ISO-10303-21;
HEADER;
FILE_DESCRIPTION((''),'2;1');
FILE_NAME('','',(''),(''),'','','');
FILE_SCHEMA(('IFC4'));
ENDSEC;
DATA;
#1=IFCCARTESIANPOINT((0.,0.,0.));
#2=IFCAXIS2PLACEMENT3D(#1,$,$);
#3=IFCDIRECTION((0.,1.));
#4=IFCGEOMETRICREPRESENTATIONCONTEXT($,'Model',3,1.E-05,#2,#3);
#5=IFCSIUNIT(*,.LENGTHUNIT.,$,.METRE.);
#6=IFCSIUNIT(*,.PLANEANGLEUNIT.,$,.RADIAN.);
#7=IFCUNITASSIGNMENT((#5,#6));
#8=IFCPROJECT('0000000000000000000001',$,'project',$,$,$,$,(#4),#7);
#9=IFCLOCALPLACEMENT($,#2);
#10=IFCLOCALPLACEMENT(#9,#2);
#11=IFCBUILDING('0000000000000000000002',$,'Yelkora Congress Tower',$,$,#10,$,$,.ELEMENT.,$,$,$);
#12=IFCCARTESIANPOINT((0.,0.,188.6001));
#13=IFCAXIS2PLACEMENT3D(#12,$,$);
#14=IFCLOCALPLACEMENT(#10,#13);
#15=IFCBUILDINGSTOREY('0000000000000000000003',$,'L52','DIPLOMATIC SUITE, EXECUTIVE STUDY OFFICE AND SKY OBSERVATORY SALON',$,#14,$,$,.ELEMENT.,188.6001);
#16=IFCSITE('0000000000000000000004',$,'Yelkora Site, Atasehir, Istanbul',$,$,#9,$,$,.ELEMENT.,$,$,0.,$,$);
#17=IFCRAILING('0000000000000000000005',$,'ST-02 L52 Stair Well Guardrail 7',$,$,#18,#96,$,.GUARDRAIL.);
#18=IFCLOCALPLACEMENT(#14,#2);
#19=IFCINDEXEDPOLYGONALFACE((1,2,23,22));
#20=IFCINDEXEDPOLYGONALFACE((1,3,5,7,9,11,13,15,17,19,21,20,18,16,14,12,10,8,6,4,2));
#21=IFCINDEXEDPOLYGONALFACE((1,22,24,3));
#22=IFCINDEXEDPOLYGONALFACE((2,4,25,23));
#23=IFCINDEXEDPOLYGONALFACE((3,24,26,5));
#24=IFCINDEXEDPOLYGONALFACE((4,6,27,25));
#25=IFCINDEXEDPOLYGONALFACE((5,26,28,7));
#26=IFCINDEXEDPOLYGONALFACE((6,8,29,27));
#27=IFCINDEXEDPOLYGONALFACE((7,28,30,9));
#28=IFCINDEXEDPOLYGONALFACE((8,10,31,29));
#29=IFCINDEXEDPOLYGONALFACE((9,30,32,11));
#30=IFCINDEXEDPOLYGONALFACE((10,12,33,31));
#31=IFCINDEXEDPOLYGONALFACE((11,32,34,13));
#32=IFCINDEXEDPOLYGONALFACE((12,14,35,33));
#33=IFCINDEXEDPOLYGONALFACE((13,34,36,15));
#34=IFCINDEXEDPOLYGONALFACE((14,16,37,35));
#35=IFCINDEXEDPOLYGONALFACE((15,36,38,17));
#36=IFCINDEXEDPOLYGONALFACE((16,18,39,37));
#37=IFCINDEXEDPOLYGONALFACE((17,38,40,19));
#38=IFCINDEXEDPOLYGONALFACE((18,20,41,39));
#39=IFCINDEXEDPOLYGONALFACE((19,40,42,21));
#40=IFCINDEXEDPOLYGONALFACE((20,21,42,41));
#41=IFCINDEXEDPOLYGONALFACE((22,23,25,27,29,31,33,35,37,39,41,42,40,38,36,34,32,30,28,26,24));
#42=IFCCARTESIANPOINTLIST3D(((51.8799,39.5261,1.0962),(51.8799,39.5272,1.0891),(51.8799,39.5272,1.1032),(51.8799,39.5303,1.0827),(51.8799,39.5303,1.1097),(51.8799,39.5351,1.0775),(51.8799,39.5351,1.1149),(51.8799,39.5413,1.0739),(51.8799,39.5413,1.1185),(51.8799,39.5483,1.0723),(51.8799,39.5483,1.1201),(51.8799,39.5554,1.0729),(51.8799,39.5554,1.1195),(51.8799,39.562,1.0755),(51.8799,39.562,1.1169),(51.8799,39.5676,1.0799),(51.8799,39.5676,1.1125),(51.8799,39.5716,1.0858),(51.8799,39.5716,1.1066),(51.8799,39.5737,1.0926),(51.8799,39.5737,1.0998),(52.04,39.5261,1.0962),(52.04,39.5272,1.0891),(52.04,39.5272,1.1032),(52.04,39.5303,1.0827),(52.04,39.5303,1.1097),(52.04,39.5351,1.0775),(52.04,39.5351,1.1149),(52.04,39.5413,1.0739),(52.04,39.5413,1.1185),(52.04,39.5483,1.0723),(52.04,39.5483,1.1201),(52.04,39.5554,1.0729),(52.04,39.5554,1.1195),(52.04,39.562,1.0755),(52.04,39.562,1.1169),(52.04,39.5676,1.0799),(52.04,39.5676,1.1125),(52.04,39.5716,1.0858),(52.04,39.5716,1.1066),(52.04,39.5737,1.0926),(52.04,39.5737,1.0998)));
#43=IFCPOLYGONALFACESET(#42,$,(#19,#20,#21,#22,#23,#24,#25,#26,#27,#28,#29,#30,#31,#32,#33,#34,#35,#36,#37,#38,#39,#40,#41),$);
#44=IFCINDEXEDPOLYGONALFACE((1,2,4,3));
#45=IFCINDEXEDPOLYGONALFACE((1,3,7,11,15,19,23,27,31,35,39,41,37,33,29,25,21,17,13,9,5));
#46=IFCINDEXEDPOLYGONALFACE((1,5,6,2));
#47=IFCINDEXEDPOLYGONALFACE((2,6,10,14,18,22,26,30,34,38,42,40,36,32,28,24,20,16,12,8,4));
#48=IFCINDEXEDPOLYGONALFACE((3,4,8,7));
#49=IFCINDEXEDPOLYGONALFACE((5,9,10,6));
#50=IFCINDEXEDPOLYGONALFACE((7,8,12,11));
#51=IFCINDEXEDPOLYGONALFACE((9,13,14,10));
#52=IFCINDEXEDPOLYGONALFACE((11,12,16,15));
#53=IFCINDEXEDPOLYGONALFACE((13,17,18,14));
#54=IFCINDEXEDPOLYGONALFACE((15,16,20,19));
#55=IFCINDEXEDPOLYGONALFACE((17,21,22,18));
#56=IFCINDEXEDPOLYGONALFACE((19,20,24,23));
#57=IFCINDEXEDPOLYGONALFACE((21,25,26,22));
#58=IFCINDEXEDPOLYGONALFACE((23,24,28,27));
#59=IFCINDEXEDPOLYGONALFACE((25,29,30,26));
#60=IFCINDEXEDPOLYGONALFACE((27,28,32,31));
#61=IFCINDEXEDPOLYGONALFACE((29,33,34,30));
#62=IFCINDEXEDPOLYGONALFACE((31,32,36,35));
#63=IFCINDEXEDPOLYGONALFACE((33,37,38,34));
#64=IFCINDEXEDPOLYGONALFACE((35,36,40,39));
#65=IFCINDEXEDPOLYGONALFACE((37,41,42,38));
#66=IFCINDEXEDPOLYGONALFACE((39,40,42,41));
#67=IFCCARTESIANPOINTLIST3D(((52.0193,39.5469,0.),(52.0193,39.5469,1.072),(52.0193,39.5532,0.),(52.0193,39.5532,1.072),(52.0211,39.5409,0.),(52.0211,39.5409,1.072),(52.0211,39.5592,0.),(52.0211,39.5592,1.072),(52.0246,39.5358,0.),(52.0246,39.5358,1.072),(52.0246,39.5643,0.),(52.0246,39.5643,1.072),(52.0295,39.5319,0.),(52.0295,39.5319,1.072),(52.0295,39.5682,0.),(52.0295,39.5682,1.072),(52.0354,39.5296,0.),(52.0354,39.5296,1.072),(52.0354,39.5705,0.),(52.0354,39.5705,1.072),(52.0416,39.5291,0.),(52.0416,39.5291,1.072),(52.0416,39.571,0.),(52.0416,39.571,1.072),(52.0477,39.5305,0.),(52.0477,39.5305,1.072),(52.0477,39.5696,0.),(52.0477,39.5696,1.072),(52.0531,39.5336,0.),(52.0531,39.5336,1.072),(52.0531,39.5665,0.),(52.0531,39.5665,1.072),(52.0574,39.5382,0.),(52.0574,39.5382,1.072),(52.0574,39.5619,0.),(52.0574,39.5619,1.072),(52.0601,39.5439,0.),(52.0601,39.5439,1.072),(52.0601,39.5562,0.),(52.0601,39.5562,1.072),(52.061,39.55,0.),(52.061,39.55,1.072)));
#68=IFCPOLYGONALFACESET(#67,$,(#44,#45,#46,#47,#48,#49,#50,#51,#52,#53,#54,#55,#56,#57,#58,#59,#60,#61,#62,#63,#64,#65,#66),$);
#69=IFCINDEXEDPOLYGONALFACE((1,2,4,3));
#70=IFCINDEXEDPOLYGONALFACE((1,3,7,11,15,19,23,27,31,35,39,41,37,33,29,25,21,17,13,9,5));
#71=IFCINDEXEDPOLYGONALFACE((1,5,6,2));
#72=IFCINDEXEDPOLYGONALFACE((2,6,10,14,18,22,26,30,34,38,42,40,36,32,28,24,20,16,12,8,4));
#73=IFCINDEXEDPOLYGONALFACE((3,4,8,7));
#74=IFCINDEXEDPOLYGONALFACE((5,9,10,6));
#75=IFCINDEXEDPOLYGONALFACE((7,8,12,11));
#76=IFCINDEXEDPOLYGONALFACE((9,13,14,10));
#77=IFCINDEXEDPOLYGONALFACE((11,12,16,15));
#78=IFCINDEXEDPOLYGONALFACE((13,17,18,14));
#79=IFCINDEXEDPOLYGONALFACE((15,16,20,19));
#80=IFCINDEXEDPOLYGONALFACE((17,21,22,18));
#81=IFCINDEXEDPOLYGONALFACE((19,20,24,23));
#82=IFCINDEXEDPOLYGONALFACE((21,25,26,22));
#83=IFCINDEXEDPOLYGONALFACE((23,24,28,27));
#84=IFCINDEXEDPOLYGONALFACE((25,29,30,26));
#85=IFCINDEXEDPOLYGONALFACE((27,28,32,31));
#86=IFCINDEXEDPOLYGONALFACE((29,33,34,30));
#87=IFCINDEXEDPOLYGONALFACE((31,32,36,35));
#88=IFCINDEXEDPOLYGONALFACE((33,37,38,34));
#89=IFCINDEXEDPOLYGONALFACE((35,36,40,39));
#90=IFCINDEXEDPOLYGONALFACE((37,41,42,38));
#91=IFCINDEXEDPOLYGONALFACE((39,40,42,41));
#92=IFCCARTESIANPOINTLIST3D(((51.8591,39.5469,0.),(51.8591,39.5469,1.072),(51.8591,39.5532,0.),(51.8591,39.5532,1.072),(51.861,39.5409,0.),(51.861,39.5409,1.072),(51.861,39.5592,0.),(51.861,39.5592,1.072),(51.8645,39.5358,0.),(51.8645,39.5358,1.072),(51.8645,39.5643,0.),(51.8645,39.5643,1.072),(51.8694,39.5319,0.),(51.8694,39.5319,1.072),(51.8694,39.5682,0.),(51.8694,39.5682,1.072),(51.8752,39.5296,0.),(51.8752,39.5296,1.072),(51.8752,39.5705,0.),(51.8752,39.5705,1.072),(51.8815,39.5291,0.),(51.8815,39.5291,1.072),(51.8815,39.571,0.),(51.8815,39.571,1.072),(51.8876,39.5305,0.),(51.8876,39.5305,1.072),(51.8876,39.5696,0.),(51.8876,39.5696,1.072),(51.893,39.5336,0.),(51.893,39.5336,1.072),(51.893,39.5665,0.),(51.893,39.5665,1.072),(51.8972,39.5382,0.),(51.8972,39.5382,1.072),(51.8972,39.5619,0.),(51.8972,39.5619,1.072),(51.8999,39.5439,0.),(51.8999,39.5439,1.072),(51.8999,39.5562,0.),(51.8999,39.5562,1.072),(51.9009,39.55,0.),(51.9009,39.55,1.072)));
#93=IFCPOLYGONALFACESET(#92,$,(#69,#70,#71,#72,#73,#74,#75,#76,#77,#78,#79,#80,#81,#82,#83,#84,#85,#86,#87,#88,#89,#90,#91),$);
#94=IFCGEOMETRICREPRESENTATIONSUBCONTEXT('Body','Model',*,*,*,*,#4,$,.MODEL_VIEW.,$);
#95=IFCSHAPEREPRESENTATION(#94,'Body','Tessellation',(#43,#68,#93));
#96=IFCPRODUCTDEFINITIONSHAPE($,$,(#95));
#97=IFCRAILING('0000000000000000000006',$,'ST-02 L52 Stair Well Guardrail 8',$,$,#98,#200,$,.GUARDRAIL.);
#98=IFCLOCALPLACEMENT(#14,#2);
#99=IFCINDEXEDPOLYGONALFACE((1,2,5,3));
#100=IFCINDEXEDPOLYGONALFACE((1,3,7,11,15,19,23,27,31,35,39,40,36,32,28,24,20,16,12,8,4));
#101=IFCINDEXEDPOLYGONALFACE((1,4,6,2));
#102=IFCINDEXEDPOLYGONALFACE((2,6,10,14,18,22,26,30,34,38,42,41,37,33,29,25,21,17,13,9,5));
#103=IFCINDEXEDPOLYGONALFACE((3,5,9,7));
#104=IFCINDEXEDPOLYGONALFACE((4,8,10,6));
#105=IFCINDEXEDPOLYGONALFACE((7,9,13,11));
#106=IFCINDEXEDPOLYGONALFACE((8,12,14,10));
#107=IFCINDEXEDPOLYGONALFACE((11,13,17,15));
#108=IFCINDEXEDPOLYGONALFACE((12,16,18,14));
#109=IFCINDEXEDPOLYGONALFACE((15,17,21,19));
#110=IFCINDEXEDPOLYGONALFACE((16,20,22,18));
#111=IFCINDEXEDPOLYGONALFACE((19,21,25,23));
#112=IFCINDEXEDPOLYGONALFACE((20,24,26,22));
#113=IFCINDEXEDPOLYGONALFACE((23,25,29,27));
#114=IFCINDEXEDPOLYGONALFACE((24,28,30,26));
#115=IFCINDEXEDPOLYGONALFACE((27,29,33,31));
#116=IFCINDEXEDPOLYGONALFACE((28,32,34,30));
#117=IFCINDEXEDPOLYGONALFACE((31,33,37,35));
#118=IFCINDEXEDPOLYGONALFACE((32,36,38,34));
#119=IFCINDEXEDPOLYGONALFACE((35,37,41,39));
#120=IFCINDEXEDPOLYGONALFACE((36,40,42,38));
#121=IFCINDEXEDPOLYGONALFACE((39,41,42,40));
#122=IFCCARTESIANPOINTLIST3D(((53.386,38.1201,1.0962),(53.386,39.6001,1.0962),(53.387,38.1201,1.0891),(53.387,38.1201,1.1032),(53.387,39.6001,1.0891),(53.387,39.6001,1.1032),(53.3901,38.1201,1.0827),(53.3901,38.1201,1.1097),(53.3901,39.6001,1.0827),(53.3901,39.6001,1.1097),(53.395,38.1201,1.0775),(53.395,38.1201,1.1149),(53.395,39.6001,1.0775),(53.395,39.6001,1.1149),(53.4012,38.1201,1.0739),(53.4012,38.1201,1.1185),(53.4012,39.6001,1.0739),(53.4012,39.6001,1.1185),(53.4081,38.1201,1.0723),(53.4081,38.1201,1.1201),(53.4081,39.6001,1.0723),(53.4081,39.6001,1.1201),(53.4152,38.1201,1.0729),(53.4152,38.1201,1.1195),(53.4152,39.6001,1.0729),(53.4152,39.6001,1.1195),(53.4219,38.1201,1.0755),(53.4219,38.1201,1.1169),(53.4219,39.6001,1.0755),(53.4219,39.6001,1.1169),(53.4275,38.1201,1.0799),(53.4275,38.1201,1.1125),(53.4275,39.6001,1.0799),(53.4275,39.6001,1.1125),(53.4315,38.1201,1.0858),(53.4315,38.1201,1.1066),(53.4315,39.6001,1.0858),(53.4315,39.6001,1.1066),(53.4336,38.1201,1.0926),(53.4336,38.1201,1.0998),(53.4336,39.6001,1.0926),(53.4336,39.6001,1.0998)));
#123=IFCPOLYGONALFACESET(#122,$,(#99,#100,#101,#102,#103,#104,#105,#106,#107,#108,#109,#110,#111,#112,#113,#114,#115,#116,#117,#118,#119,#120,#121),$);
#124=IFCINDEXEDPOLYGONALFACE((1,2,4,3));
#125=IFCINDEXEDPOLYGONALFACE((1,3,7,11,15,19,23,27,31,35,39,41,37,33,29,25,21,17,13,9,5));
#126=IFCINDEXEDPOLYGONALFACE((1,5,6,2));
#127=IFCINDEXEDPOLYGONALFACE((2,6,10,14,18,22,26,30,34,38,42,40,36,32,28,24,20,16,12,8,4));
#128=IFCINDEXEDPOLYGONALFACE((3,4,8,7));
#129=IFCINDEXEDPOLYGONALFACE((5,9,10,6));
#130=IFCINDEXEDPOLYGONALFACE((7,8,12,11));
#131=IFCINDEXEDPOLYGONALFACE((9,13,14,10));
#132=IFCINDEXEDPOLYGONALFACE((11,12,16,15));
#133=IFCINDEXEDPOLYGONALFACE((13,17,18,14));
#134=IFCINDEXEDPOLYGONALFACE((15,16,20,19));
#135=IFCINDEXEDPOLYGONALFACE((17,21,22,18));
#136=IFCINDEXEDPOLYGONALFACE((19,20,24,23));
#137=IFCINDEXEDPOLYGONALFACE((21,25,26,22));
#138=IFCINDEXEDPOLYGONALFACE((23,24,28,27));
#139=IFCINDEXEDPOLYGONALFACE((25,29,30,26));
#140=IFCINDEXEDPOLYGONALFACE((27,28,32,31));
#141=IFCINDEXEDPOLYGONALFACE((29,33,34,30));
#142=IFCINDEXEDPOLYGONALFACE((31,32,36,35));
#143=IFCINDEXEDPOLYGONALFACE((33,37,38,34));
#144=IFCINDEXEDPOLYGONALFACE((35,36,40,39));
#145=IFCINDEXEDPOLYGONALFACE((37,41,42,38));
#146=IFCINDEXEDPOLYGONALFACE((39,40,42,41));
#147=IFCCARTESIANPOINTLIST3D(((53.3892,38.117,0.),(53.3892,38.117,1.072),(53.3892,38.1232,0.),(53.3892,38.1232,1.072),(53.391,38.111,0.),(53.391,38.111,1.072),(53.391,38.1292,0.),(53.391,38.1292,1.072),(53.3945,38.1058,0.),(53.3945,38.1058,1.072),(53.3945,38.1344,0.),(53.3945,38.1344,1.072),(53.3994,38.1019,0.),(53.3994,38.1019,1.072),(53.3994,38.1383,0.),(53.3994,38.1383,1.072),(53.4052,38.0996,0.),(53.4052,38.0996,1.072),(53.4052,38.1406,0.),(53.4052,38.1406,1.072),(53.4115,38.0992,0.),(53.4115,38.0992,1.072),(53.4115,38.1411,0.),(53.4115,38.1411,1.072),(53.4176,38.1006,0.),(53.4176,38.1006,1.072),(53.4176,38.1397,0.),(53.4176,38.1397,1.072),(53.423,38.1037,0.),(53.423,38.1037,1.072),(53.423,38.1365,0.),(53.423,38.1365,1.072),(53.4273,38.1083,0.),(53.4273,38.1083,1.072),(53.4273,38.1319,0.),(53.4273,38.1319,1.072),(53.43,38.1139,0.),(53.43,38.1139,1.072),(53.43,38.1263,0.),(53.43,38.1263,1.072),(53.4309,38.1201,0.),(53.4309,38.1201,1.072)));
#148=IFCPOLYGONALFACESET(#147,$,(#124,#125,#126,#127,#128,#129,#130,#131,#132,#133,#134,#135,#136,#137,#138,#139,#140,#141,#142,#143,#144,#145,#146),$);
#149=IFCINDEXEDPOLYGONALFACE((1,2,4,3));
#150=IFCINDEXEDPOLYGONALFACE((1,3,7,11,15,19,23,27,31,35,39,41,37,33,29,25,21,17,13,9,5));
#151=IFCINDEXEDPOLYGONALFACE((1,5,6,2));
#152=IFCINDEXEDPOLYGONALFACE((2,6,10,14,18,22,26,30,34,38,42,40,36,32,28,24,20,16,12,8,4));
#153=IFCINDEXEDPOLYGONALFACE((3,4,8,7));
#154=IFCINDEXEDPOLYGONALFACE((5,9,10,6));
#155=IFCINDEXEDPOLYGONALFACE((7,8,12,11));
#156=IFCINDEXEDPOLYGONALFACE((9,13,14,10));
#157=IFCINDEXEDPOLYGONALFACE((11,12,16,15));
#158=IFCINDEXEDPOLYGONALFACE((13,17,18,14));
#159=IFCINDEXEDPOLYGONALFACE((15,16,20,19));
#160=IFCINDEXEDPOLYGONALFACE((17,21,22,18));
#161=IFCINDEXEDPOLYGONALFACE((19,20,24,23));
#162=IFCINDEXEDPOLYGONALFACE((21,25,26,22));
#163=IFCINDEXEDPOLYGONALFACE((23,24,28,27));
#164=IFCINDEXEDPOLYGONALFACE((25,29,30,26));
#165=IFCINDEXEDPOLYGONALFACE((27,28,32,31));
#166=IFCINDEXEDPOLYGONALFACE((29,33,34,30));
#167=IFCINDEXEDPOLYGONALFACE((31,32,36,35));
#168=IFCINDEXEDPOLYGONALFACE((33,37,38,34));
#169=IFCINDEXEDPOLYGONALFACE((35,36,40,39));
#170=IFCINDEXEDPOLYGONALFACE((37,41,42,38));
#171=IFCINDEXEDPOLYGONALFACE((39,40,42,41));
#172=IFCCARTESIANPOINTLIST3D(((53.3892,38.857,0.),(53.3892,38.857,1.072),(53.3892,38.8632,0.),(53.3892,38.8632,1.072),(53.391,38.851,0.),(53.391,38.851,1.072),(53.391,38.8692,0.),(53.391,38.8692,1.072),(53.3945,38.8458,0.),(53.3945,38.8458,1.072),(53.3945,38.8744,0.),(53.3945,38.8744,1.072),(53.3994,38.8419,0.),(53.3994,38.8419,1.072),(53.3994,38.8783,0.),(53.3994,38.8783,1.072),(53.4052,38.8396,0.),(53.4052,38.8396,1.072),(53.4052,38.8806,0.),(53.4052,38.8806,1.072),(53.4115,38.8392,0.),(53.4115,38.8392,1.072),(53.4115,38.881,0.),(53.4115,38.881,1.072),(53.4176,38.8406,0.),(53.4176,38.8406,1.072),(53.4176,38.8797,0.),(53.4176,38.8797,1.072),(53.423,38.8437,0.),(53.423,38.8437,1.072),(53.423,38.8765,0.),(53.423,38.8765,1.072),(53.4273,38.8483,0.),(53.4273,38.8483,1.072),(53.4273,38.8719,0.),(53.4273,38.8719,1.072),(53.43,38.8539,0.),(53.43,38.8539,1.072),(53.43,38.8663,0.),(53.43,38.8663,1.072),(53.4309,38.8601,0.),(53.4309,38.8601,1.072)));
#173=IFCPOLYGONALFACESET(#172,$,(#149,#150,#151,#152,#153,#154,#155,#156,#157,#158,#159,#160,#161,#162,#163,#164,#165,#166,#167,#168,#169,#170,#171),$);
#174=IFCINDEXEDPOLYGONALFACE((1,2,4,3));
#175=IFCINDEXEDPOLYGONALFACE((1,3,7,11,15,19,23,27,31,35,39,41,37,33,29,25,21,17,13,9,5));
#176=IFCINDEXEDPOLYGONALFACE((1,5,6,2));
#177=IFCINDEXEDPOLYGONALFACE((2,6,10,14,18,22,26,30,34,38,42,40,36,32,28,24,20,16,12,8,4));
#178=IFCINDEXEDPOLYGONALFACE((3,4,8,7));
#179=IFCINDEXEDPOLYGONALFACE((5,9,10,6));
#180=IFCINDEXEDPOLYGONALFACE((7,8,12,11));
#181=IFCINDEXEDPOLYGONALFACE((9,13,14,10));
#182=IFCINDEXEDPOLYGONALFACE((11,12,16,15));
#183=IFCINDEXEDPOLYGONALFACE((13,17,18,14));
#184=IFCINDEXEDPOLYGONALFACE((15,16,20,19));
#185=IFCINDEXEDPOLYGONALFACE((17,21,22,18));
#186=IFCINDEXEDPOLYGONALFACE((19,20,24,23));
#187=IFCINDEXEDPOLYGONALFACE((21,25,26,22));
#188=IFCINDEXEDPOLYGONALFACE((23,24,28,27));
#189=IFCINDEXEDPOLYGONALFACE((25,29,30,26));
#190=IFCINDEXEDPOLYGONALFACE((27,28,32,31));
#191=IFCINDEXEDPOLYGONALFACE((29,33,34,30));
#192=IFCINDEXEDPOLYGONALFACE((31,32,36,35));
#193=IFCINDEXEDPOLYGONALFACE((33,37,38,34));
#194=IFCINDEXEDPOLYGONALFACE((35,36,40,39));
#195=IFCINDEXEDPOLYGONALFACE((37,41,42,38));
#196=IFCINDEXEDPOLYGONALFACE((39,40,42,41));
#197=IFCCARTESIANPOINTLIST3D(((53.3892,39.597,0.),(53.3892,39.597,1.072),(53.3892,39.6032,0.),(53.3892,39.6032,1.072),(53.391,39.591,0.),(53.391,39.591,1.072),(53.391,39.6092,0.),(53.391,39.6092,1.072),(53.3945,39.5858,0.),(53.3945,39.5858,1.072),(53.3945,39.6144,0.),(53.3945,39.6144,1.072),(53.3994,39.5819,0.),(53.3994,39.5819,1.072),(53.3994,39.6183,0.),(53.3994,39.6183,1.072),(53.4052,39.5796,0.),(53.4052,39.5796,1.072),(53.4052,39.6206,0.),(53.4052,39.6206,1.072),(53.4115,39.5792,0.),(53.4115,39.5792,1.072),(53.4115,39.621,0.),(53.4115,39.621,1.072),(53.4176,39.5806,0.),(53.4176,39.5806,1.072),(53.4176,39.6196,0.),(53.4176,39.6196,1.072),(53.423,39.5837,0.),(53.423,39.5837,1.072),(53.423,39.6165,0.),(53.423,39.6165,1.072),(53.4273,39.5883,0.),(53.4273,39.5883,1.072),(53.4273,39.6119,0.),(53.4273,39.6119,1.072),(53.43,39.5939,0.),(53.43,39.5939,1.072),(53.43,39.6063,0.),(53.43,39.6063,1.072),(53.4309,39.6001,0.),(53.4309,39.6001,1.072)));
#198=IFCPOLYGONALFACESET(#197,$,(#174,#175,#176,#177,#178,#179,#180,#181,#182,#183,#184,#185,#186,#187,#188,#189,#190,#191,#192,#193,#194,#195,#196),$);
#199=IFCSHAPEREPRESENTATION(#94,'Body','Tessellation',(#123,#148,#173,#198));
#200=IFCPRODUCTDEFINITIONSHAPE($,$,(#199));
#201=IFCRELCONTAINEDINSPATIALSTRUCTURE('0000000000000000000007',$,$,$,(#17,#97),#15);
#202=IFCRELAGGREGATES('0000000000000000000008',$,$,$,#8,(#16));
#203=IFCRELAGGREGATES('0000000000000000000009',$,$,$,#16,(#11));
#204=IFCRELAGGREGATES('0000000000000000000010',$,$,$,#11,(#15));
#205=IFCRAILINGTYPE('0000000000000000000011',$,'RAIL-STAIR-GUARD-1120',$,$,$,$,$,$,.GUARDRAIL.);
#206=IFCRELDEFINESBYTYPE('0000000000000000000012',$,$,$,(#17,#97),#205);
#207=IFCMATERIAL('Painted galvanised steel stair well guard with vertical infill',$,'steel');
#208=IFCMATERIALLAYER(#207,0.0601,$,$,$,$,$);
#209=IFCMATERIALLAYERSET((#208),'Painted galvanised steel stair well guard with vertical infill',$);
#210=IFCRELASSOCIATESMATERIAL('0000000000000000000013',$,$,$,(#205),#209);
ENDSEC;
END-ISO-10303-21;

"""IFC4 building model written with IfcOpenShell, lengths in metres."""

from ifc_helpers import new_model, si_unit, direction, frame, origin, origin_2d, place, context, subcontext, project, spatial, circle, extrude, material, layer, layer_set, type_object, element, save


model = new_model("IFC4")

# Units and contexts
model_context = context("Model", 3, precision=1e-05, world=origin(), true_north=direction((0.0, 1.0)))
body_context = subcontext(model_context, "Body", "Model", "MODEL_VIEW")
ifc_project = project(units=[si_unit("LENGTHUNIT", "METRE"), si_unit("PLANEANGLEUNIT", "RADIAN")], contexts=[model_context])

# Site, building, storey
site_placement = place(None, origin())
site = spatial("IfcSite", under=ifc_project, at=site_placement, Name="Yelkora Site, Atasehir, Istanbul", CompositionType="ELEMENT", RefElevation=0.0)
building_placement = place(site_placement, origin())
building = spatial("IfcBuilding", under=site, at=building_placement, Name="Yelkora Congress Tower", CompositionType="ELEMENT")
storey_placement = place(building_placement, frame((0.0, 0.0, 188.6001)))
storey = spatial("IfcBuildingStorey", under=building, at=storey_placement, Name="L52", Description="DIPLOMATIC SUITE, EXECUTIVE STUDY OFFICE AND SKY OBSERVATORY SALON", CompositionType="ELEMENT", Elevation=188.6001)

# Railings
ifc_material_1 = material(Name="Painted galvanised steel stair well guard with vertical infill", Category="steel")
ifc_layer_1 = layer(ifc_material_1, 0.0601)
ifc_layer_set_1 = layer_set([ifc_layer_1], Name="Painted galvanised steel stair well guard with vertical infill")
railing_type_1 = type_object("IfcRailingType", Name="RAIL-STAIR-GUARD-1120", PredefinedType="GUARDRAIL", material=ifc_layer_set_1)
railing_1_placement = place(storey_placement, frame((52.04, 39.55, 0.0)))
element("IfcRailing", 1, at=railing_1_placement, inside=storey, type_object=railing_type_1, Name="ST-02 L52 Stair Well Guardrail 7", PredefinedType="GUARDRAIL", context=body_context, shape_type="SweptSolid", body=[
    extrude(circle(Radius=0.0239, at=origin_2d()), frame((0.0, 0.0, 1.0962), z_axis=(-1.0, 0.0, 0.0), x_axis=(0.0, -1.0, 0.0)), (0.0, 0.0, 1.0), 0.1602),
    extrude(circle(Radius=0.021, at=origin_2d()), origin(), (0.0, 0.0, 1.0), 1.072),
    extrude(circle(Radius=0.021, at=origin_2d()), frame((-0.1602, 0.0, 0.0)), (0.0, 0.0, 1.0), 1.072),
])
railing_2_placement = place(storey_placement, frame((53.4099, 38.1201, 0.0)))
element("IfcRailing", 2, at=railing_2_placement, inside=storey, type_object=railing_type_1, Name="ST-02 L52 Stair Well Guardrail 8", PredefinedType="GUARDRAIL", context=body_context, shape_type="SweptSolid", body=[
    extrude(circle(Radius=0.0239, at=origin_2d()), frame((0.0, 0.0, 1.0962), z_axis=(0.0, 1.0, 0.0), x_axis=(-1.0, 0.0, 0.0)), (0.0, 0.0, 1.0), 1.48),
    extrude(circle(Radius=0.021, at=origin_2d()), origin(), (0.0, 0.0, 1.0), 1.072),
    extrude(circle(Radius=0.021, at=origin_2d()), frame((0.0, 0.74, 0.0)), (0.0, 0.0, 1.0), 1.072),
    extrude(circle(Radius=0.021, at=origin_2d()), frame((0.0, 1.48, 0.0)), (0.0, 0.0, 1.0), 1.072),
])

save(model, "model.ifc")
